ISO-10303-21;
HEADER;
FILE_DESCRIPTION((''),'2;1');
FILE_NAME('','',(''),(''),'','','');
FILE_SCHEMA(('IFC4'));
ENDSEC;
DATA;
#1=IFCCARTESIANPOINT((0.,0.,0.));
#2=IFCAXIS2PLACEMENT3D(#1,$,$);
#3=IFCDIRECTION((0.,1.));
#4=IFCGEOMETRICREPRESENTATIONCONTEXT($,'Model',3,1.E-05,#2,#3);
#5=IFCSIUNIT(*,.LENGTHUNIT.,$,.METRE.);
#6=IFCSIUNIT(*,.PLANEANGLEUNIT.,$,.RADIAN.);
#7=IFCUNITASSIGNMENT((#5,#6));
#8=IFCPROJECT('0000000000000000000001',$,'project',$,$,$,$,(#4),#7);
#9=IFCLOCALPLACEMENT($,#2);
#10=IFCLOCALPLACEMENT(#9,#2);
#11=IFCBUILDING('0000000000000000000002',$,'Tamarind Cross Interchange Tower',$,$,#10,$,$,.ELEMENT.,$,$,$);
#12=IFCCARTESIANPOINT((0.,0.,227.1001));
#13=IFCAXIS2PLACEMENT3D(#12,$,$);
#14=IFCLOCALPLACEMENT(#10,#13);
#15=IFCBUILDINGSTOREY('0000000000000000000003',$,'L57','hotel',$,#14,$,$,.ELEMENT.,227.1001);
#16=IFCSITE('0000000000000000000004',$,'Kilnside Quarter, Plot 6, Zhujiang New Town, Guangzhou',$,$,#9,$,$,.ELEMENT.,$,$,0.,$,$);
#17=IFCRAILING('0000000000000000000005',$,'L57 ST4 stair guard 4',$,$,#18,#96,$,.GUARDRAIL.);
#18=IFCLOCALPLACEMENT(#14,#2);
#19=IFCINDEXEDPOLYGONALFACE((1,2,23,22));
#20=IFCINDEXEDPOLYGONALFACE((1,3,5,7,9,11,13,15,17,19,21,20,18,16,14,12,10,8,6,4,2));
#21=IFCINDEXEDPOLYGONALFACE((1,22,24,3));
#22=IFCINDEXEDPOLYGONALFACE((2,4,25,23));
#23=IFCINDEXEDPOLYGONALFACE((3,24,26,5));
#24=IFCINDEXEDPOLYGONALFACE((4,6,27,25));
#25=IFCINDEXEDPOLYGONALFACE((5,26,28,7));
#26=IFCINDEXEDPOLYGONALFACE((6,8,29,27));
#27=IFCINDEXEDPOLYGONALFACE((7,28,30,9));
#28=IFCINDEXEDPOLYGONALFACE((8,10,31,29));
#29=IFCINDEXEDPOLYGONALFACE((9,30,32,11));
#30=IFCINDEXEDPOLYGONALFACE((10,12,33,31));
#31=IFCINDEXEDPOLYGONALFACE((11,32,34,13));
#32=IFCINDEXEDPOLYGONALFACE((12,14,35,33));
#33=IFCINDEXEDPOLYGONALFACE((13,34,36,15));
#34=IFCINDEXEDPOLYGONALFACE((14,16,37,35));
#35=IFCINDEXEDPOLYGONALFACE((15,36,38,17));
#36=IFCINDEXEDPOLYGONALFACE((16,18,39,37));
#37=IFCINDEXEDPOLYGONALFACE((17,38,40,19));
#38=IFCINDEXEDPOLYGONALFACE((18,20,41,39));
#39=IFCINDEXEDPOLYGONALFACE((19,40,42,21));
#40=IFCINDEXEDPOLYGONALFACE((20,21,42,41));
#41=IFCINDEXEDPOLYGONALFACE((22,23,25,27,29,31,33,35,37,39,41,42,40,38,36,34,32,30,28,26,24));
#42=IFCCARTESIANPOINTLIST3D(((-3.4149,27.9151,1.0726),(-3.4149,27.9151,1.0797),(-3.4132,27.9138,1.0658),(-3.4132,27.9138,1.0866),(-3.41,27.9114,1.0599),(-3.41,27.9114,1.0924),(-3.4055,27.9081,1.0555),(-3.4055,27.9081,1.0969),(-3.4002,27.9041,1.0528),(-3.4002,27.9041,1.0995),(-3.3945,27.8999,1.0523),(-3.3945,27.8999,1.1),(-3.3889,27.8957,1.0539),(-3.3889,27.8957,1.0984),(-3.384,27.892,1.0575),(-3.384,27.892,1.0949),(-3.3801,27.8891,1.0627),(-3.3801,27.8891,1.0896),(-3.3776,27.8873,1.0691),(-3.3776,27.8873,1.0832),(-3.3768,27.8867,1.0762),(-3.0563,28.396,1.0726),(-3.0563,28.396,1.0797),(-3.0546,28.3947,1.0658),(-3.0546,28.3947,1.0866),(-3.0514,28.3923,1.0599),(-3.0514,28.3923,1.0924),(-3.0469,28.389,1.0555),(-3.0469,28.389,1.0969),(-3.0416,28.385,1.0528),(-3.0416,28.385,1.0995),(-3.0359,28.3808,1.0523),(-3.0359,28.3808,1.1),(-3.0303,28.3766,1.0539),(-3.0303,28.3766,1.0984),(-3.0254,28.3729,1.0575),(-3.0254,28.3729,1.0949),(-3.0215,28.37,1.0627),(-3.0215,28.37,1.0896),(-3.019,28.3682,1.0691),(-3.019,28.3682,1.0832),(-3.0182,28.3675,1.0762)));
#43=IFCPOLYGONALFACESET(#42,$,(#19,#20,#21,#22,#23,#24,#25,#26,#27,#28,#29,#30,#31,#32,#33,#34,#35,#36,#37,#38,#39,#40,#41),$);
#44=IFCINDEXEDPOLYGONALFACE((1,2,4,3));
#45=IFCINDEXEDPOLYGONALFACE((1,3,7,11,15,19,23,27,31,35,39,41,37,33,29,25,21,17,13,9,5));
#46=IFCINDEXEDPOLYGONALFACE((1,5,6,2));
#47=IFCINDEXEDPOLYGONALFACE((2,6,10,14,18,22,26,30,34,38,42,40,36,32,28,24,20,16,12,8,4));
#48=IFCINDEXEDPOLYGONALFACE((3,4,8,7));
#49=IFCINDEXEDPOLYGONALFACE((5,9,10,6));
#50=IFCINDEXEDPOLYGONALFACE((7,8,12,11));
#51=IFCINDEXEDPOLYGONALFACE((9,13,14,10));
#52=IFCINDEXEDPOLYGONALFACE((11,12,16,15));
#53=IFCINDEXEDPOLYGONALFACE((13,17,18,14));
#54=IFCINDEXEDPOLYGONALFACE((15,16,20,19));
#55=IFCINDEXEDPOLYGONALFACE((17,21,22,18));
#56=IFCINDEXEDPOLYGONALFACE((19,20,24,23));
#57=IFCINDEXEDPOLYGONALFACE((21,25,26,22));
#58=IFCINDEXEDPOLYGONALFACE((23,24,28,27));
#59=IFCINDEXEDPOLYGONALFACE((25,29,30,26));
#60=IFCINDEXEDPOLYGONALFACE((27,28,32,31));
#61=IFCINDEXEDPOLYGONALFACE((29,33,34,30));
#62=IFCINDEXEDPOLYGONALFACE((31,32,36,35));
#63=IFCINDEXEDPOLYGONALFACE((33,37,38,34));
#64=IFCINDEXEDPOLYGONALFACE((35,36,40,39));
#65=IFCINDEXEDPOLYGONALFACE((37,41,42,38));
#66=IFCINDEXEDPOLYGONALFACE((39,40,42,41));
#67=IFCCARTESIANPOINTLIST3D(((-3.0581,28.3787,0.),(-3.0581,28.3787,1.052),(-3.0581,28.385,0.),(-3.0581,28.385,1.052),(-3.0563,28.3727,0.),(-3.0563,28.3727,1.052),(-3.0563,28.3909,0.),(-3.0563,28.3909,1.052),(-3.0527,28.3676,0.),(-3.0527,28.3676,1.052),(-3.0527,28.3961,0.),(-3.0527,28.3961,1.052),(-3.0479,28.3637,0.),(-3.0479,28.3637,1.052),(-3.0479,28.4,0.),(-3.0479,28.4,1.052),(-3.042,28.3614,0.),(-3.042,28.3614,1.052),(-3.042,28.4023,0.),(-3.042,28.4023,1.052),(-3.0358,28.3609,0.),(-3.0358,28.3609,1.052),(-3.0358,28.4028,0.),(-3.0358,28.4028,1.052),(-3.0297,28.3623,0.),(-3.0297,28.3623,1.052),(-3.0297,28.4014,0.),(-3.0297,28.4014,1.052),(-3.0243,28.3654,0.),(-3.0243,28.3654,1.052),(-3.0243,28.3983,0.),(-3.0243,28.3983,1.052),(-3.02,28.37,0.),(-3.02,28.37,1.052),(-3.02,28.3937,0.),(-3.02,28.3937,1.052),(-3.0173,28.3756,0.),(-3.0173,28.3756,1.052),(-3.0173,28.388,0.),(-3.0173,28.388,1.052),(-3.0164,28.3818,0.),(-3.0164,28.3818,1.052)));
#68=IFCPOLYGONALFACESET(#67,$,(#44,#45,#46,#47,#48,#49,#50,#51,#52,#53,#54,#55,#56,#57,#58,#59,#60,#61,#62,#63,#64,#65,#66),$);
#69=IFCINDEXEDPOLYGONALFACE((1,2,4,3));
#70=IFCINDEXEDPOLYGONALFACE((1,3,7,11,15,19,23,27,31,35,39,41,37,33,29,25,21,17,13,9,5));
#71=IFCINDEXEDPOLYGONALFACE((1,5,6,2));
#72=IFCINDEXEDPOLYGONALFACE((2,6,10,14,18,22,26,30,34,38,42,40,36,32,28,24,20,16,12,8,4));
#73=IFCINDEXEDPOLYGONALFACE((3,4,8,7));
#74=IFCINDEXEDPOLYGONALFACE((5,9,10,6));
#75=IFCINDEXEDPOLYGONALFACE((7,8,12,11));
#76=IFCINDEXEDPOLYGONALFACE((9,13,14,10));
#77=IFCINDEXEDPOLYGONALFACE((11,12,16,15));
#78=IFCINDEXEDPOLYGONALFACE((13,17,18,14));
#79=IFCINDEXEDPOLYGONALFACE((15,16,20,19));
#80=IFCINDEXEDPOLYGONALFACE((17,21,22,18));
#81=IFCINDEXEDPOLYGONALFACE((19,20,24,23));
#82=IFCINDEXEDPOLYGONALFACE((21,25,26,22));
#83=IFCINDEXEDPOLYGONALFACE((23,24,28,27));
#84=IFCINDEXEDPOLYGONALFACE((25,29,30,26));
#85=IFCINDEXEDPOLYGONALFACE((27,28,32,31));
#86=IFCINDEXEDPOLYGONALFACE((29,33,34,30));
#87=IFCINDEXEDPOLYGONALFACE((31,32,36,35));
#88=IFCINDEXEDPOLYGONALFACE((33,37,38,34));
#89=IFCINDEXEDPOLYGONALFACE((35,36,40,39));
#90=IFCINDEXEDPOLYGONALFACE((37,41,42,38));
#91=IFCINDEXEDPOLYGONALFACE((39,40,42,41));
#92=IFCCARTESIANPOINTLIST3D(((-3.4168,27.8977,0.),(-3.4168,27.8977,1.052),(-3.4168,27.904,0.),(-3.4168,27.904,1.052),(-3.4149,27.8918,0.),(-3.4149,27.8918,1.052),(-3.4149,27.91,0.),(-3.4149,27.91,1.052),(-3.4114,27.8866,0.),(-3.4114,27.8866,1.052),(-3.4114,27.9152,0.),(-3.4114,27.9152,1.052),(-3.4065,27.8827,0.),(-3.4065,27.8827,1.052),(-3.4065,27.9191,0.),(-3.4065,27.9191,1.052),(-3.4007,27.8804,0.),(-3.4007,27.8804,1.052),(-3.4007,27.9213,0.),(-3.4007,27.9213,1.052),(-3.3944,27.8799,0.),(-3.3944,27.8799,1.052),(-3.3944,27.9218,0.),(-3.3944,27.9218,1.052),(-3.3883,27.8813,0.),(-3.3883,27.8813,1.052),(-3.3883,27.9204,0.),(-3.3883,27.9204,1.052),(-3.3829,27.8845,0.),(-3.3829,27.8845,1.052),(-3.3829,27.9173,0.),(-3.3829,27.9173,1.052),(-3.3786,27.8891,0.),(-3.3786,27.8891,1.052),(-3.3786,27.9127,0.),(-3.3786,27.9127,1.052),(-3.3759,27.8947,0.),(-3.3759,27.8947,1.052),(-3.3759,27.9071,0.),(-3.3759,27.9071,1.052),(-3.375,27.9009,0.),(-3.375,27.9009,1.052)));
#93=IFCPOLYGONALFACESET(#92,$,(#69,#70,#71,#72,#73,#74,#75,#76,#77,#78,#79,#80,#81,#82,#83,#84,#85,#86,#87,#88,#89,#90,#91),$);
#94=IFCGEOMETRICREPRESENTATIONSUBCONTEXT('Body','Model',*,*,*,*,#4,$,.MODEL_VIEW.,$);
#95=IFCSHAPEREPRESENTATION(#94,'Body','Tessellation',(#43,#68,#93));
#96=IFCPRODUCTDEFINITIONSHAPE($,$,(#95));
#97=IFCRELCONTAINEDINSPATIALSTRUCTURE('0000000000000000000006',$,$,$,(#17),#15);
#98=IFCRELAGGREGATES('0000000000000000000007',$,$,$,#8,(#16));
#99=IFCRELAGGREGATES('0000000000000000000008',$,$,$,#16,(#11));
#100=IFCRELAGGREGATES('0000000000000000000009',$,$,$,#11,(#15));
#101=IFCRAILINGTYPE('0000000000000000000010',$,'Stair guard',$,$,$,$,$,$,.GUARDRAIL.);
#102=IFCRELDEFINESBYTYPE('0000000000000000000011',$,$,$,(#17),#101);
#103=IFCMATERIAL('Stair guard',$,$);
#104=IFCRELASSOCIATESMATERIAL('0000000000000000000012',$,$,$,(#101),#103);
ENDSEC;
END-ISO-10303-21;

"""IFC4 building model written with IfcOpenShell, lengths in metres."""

from ifc_helpers import new_model, si_unit, direction, frame, origin, origin_2d, place, context, subcontext, project, spatial, circle, extrude, material, type_object, element, save


model = new_model("IFC4")

# Units and contexts
model_context = context("Model", 3, precision=1e-05, world=origin(), true_north=direction((0.0, 1.0)))
body_context = subcontext(model_context, "Body", "Model", "MODEL_VIEW")
ifc_project = project(units=[si_unit("LENGTHUNIT", "METRE"), si_unit("PLANEANGLEUNIT", "RADIAN")], contexts=[model_context])

# Site, building, storey
site_placement = place(None, origin())
site = spatial("IfcSite", under=ifc_project, at=site_placement, Name="Kilnside Quarter, Plot 6, Zhujiang New Town, Guangzhou", CompositionType="ELEMENT", RefElevation=0.0)
building_placement = place(site_placement, origin())
building = spatial("IfcBuilding", under=site, at=building_placement, Name="Tamarind Cross Interchange Tower", CompositionType="ELEMENT")
storey_placement = place(building_placement, frame((0.0, 0.0, 227.1001)))
storey = spatial("IfcBuildingStorey", under=building, at=storey_placement, Name="L57", Description="hotel", CompositionType="ELEMENT", Elevation=227.1001)

# Railing
ifc_material_1 = material(Name="Stair guard")
railing_type_1 = type_object("IfcRailingType", Name="Stair guard", PredefinedType="GUARDRAIL", material=ifc_material_1)
railing_1_placement = place(storey_placement, frame((-3.0374, 28.3818, 0.0)))
element("IfcRailing", 1, at=railing_1_placement, inside=storey, type_object=railing_type_1, Name="L57 ST4 stair guard 4", PredefinedType="GUARDRAIL", context=body_context, shape_type="SweptSolid", body=[
    extrude(circle(Radius=0.0239, at=origin_2d()), frame((0.0, 0.0, 1.0762), z_axis=(-0.597784, -0.801657, 0.0), x_axis=(0.801657, -0.597784, 0.0)), (0.0, 0.0, 1.0), 0.5999),
    extrude(circle(Radius=0.021, at=origin_2d()), origin(), (0.0, 0.0, 1.0), 1.052),
    extrude(circle(Radius=0.021, at=origin_2d()), frame((-0.3586, -0.481, 0.0)), (0.0, 0.0, 1.0), 1.052),
])

save(model, "model.ifc")
